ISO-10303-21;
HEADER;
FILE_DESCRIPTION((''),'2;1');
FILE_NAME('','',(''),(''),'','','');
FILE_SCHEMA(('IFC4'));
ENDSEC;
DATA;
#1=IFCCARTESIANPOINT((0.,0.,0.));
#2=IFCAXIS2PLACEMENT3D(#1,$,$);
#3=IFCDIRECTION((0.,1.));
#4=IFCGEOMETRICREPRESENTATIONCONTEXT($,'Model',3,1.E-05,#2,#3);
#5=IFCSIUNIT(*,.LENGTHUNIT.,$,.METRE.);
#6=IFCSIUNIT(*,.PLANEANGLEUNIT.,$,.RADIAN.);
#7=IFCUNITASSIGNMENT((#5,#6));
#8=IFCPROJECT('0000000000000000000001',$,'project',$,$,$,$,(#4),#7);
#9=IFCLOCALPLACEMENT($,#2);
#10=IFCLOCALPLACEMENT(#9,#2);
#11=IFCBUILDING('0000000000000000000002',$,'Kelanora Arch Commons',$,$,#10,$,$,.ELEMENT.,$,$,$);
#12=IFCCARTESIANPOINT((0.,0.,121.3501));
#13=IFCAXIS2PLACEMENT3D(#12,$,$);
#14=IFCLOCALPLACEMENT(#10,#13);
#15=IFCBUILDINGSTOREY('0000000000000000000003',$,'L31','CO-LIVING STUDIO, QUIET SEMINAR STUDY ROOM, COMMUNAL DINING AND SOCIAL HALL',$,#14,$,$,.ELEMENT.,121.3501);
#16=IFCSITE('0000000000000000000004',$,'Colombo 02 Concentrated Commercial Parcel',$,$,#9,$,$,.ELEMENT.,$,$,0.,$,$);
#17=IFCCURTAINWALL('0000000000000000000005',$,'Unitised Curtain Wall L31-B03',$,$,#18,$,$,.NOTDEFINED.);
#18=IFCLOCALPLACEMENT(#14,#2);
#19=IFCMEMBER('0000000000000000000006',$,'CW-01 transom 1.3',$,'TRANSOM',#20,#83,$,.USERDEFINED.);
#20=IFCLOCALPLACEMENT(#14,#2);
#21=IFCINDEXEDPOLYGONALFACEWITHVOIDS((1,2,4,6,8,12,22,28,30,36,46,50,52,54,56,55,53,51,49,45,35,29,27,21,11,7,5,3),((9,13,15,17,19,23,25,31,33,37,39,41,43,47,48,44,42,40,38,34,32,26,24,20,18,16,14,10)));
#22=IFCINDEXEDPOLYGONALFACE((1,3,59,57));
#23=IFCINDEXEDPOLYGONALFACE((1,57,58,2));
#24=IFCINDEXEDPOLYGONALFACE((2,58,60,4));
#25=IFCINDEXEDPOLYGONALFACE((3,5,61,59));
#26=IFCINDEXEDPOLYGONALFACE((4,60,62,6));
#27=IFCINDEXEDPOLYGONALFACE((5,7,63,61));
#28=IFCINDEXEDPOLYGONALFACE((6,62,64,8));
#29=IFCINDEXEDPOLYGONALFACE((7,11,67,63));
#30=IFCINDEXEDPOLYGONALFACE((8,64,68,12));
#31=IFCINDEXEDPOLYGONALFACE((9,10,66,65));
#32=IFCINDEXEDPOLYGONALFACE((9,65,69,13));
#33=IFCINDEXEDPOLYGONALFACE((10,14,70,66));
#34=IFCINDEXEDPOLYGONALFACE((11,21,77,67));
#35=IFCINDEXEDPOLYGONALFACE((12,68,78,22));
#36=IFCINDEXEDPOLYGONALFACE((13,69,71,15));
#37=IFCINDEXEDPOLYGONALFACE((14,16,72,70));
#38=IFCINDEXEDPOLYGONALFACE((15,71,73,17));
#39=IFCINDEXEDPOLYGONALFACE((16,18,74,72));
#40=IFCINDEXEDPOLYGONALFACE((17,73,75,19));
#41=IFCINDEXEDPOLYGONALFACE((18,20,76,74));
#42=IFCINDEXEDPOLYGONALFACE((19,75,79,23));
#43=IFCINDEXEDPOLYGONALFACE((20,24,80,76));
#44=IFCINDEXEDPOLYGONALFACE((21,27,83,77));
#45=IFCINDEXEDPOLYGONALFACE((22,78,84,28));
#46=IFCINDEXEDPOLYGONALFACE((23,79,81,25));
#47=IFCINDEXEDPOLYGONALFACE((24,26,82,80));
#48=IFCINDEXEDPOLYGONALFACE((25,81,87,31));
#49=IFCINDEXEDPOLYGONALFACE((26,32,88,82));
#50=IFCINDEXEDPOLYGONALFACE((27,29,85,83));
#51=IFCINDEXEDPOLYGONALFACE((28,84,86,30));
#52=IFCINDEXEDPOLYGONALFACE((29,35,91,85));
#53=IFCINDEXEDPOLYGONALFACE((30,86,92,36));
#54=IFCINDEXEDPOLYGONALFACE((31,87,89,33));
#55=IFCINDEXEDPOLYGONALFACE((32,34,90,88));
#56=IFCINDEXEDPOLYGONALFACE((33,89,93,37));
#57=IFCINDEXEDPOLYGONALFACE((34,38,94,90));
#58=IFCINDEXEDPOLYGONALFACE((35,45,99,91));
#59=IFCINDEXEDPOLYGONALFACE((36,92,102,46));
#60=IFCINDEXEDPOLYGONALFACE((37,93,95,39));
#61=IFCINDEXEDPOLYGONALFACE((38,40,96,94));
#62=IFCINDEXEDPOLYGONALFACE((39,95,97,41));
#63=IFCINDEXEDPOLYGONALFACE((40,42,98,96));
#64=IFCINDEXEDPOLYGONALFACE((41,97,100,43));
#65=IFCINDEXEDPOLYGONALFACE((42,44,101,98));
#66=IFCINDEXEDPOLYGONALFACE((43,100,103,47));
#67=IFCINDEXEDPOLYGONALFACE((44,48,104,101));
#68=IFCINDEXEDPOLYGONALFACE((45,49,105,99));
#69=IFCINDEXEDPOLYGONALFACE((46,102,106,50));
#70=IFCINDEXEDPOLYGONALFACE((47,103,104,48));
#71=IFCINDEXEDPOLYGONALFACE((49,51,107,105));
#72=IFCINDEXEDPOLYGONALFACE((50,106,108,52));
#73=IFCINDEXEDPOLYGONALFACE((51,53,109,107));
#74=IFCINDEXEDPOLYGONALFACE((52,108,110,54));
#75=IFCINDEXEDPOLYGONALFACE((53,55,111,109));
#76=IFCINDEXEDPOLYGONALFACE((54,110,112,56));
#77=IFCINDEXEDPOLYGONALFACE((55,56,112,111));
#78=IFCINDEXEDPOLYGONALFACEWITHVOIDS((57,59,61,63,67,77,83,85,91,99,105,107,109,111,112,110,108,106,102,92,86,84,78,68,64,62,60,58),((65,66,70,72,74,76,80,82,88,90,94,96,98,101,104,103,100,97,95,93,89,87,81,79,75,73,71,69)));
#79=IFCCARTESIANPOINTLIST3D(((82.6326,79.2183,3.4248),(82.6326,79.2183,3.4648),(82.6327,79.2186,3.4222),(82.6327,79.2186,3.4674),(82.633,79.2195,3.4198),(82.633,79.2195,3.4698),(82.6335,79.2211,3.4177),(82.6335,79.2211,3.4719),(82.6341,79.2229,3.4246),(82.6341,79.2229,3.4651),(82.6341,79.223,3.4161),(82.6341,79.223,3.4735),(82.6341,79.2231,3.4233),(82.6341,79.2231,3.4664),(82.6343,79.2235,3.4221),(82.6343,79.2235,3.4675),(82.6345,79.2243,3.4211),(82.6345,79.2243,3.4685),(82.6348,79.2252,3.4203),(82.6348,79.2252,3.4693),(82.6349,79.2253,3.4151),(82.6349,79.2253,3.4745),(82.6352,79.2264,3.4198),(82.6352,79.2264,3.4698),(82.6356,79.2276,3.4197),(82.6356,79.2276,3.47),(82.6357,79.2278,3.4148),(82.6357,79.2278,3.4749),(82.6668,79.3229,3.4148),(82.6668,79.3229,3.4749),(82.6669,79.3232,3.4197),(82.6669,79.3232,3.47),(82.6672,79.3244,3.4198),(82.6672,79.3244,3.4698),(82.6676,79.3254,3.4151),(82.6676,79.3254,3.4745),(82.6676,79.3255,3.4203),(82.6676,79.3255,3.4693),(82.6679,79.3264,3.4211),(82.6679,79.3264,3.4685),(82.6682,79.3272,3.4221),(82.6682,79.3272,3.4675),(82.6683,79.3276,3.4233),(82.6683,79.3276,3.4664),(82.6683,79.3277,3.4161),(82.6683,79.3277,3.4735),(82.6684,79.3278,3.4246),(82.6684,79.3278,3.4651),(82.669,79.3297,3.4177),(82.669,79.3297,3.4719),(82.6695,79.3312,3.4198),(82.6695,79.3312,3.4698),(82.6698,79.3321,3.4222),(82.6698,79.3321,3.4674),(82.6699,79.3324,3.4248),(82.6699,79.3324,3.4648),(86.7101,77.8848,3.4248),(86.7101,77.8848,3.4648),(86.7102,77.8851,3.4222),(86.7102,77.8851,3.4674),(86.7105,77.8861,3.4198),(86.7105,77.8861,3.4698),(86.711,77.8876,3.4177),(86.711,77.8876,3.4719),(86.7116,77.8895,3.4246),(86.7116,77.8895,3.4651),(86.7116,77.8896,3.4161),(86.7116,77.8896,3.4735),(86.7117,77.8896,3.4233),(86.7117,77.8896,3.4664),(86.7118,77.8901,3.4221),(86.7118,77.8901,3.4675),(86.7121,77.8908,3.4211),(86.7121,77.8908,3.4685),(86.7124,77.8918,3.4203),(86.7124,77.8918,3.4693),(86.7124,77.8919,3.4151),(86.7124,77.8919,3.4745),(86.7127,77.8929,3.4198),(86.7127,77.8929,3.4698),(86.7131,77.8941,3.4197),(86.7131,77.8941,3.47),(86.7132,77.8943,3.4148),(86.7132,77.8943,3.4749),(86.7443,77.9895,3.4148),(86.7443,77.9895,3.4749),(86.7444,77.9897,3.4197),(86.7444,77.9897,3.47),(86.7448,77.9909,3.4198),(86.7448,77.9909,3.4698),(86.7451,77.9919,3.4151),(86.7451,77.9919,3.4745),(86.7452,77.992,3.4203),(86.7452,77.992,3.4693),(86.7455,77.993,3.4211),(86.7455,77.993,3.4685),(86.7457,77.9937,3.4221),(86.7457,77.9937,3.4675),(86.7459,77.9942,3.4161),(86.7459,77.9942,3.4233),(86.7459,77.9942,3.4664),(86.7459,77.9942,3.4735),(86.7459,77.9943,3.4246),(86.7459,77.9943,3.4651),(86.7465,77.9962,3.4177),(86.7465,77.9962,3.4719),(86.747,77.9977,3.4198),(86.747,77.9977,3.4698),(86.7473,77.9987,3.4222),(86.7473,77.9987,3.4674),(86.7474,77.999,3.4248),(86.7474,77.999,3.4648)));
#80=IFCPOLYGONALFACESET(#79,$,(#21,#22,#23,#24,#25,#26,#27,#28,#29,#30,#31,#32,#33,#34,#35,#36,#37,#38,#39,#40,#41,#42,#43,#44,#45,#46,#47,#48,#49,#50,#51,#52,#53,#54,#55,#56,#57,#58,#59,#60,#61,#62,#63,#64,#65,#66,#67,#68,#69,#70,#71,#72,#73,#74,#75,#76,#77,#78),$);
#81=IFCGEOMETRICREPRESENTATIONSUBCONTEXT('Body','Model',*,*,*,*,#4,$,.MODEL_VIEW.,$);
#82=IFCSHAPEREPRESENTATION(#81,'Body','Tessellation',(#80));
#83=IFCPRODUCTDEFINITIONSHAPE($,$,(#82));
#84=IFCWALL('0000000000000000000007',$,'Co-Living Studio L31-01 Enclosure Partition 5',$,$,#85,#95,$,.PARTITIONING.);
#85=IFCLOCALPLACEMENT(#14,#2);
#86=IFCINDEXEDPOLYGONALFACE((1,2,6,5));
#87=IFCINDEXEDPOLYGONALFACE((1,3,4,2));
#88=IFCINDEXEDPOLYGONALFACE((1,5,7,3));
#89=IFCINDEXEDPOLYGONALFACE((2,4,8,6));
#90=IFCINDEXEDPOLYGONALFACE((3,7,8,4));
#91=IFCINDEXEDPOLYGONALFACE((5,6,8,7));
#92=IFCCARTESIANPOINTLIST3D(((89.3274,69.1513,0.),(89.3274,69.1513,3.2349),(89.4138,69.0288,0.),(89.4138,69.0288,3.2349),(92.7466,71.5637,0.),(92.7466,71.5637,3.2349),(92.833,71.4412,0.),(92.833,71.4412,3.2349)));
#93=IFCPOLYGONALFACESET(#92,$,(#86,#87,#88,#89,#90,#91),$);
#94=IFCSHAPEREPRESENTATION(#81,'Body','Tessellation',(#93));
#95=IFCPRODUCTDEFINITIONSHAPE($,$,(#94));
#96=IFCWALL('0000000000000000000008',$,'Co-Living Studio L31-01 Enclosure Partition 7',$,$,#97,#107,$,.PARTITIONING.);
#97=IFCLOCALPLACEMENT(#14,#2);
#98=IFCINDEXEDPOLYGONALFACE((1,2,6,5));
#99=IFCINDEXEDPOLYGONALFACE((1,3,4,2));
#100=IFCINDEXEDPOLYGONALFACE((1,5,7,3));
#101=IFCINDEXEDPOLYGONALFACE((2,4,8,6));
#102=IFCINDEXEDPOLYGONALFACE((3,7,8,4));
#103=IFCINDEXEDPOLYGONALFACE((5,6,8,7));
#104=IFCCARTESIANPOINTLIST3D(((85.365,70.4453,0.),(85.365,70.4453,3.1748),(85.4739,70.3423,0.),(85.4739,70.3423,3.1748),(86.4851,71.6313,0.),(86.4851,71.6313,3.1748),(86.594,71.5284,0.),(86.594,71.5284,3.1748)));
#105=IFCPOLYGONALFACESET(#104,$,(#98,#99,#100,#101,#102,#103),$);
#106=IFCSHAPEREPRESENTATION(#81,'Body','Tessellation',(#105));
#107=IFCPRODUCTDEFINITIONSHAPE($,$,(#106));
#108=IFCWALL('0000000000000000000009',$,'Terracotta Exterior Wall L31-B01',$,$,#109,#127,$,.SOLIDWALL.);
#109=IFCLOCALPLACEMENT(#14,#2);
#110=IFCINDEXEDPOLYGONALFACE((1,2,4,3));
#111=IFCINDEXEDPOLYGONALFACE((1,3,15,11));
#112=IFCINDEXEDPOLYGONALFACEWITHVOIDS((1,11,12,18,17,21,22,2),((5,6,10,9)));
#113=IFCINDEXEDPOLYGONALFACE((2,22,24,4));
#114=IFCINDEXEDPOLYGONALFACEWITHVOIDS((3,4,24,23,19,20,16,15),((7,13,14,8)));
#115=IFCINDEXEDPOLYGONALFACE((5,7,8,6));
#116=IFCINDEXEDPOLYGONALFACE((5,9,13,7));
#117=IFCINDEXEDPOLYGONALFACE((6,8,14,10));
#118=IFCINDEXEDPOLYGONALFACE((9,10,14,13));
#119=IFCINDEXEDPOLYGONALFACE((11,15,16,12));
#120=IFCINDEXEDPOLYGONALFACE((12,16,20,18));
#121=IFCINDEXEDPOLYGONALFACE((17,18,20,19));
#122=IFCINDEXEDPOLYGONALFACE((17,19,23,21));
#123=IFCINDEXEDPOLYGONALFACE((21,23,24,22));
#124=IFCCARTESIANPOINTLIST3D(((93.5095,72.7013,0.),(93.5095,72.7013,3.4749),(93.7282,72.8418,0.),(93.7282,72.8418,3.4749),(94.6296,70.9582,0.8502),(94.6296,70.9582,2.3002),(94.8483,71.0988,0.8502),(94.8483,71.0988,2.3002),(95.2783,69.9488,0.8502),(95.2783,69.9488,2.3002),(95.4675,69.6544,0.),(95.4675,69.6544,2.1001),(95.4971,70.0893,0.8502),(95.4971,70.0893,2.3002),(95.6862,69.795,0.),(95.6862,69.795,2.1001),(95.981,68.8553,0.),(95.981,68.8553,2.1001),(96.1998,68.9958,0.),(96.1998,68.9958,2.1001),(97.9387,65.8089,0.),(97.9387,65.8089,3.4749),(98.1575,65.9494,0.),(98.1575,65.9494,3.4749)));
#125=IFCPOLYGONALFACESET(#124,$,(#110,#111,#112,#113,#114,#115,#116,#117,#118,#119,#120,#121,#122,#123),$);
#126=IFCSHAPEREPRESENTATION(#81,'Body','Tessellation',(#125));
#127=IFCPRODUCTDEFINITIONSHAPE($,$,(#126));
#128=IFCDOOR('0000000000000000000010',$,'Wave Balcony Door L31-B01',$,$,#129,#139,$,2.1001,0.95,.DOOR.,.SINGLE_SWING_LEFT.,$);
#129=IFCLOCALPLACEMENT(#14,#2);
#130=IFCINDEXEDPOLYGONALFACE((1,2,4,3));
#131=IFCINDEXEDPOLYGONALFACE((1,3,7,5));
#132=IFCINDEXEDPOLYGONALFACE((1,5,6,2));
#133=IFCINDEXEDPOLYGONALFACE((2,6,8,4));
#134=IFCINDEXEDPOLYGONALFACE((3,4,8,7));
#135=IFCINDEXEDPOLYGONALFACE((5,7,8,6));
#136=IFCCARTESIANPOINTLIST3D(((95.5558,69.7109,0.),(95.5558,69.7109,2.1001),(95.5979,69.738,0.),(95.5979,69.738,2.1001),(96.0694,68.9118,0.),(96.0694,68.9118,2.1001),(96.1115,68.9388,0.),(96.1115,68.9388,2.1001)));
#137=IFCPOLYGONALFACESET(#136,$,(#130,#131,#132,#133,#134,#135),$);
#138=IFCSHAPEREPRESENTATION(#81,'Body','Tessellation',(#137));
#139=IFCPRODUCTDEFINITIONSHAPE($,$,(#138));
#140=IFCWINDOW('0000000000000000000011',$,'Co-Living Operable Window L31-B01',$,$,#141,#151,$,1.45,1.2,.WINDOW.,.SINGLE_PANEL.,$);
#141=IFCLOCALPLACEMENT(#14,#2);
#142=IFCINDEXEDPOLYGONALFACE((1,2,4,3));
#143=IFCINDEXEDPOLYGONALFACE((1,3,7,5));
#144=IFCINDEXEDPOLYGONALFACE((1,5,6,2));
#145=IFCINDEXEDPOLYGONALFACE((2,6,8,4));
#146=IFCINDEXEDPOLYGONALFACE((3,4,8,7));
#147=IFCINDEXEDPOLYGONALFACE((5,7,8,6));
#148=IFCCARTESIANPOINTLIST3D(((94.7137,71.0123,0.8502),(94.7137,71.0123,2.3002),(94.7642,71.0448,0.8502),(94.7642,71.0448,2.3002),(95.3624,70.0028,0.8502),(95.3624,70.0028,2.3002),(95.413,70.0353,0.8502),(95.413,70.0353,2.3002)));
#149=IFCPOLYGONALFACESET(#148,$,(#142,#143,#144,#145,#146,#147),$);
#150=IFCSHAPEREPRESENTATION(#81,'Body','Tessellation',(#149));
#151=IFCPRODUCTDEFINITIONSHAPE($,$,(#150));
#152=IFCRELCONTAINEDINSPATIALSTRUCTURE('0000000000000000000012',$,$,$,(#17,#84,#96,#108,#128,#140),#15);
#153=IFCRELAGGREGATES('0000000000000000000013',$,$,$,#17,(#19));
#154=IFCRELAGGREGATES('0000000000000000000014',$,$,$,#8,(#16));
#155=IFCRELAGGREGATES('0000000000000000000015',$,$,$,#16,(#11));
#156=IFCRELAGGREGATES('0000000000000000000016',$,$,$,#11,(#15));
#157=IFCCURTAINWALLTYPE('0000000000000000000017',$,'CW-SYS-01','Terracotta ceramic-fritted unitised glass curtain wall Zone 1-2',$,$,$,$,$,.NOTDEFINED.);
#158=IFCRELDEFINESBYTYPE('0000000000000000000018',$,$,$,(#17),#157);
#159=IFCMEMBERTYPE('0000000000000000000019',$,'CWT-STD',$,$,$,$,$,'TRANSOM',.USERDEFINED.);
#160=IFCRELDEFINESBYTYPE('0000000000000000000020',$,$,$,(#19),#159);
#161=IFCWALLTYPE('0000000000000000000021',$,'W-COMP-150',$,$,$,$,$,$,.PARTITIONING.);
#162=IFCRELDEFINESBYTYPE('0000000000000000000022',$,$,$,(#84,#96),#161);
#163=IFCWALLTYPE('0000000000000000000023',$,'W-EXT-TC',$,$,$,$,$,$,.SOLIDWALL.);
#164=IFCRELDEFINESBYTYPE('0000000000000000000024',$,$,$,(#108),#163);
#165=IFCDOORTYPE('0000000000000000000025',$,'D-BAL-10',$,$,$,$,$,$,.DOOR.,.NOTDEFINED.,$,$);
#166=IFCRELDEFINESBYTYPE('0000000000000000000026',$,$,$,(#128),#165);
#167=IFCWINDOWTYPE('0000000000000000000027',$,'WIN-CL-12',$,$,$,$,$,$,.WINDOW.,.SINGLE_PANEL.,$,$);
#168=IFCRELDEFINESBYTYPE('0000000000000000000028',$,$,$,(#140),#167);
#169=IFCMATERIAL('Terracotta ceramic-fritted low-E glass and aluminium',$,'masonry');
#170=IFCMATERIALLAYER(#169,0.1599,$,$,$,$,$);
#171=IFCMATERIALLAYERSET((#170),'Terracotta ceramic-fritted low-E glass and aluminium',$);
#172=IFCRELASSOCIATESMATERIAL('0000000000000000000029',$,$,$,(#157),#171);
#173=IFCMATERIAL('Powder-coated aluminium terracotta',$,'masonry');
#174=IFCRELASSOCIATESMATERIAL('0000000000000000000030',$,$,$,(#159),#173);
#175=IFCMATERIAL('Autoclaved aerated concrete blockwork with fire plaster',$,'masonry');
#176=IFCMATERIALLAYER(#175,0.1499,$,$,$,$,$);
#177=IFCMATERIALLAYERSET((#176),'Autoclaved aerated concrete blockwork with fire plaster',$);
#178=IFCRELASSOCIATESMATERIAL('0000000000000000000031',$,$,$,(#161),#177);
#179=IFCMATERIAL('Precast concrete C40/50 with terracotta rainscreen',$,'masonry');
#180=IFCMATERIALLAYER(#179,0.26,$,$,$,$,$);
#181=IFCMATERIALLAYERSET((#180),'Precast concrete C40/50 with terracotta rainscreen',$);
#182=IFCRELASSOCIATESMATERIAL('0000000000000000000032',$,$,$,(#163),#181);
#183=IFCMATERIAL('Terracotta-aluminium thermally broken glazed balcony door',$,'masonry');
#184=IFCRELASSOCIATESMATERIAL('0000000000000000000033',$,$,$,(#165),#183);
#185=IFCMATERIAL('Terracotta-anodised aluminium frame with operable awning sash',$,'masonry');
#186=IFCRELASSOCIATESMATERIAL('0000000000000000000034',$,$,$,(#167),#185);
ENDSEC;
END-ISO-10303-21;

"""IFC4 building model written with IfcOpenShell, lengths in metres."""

from ifc_helpers import new_model, si_unit, direction, frame, frame_2d, origin, origin_2d, place, context, subcontext, project, spatial, rectangle, hollow_rectangle, extrude, material, layer, layer_set, material_profile, profile_set, type_object, element, fill, aggregate, save


model = new_model("IFC4")

# Units and contexts
model_context = context("Model", 3, precision=1e-05, world=origin(), true_north=direction((0.0, 1.0)))
body_context = subcontext(model_context, "Body", "Model", "MODEL_VIEW")
ifc_project = project(units=[si_unit("LENGTHUNIT", "METRE"), si_unit("PLANEANGLEUNIT", "RADIAN")], contexts=[model_context])

# Site, building, storey
site_placement = place(None, origin())
site = spatial("IfcSite", under=ifc_project, at=site_placement, Name="Colombo 02 Concentrated Commercial Parcel", CompositionType="ELEMENT", RefElevation=0.0)
building_placement = place(site_placement, origin())
building = spatial("IfcBuilding", under=site, at=building_placement, Name="Kelanora Arch Commons", CompositionType="ELEMENT")
storey_placement = place(building_placement, frame((0.0, 0.0, 121.3501)))
storey = spatial("IfcBuildingStorey", under=building, at=storey_placement, Name="L31", Description="CO-LIVING STUDIO, QUIET SEMINAR STUDY ROOM, COMMUNAL DINING AND SOCIAL HALL", CompositionType="ELEMENT", Elevation=121.3501)

# Shared definitions
ifc_material_1 = material(Name="Terracotta ceramic-fritted low-E glass and aluminium", Category="masonry")
ifc_layer_1 = layer(ifc_material_1, 0.1599)
ifc_layer_set_1 = layer_set([ifc_layer_1], Name="Terracotta ceramic-fritted low-E glass and aluminium")
curtain_wall_type = type_object("IfcCurtainWallType", Name="CW-SYS-01", Description="Terracotta ceramic-fritted unitised glass curtain wall Zone 1-2", PredefinedType="NOTDEFINED", material=ifc_layer_set_1)
ifc_material_2 = material(Name="Powder-coated aluminium terracotta", Category="masonry")

# Curtain wall, member
curtain_wall_1_placement = place(storey_placement, origin())
curtain_wall_1 = element("IfcCurtainWall", 1, at=curtain_wall_1_placement, inside=storey, type_object=curtain_wall_type, Name="Unitised Curtain Wall L31-B03", PredefinedType="NOTDEFINED")
ifc_material_profile_1 = material_profile(ifc_material_2, hollow_rectangle(XDim=0.1201, YDim=0.0601, WallThickness=0.0049, InnerFilletRadius=0.0049, OuterFilletRadius=0.01, at=origin_2d()), Name="CWT120x60")
ifc_profile_set_1 = profile_set([ifc_material_profile_1], Name="Powder-coated aluminium terracotta")
member_type_1 = type_object("IfcMemberType", Name="CWT-STD", ElementType="TRANSOM", PredefinedType="USERDEFINED", material=ifc_profile_set_1)
member_1_placement = place(storey_placement, frame((86.7288, 77.9419, 3.4448), z_axis=(-0.950466, 0.310828, 0.0), x_axis=(-0.310828, -0.950466, 0.0)))
member_1 = element("IfcMember", 2, at=member_1_placement, type_object=member_type_1, Name="CW-01 transom 1.3", ObjectType="TRANSOM", PredefinedType="USERDEFINED", context=body_context, shape_type="SweptSolid", body=[
    extrude(hollow_rectangle(XDim=0.1201, YDim=0.0601, WallThickness=0.0049, InnerFilletRadius=0.0049, OuterFilletRadius=0.01, at=origin_2d()), origin(), (0.0, 0.0, 1.0), 4.29),
])
aggregate(curtain_wall_1, [member_1])

# Walls
ifc_material_3 = material(Name="Autoclaved aerated concrete blockwork with fire plaster", Category="masonry")
ifc_layer_2 = layer(ifc_material_3, 0.1499)
ifc_layer_set_2 = layer_set([ifc_layer_2], Name="Autoclaved aerated concrete blockwork with fire plaster")
wall_type_1 = type_object("IfcWallType", Name="W-COMP-150", PredefinedType="PARTITIONING", material=ifc_layer_set_2)
wall_1_placement = place(storey_placement, frame((92.7898, 71.5024, 0.0), z_axis=(0.0, 0.0, 1.0), x_axis=(-0.817102, -0.576493, 0.0)))
element("IfcWall", 3, at=wall_1_placement, inside=storey, type_object=wall_type_1, Name="Co-Living Studio L31-01 Enclosure Partition 5", PredefinedType="PARTITIONING", context=body_context, shape_type="SweptSolid", body=[
    extrude(rectangle(XDim=4.1846, YDim=0.1499, at=frame_2d((2.0923, 0.0))), origin(), (0.0, 0.0, 1.0), 3.2349),
])
wall_2_placement = place(storey_placement, frame((86.5396, 71.5798, 0.0), z_axis=(0.0, 0.0, 1.0), x_axis=(-0.686615, -0.727021, 0.0)))
element("IfcWall", 4, at=wall_2_placement, inside=storey, type_object=wall_type_1, Name="Co-Living Studio L31-01 Enclosure Partition 7", PredefinedType="PARTITIONING", context=body_context, shape_type="SweptSolid", body=[
    extrude(rectangle(XDim=1.6313, YDim=0.1499, at=frame_2d((0.8157, 0.0))), origin(), (0.0, 0.0, 1.0), 3.1748),
])

# Wall, openings, door, window
ifc_material_4 = material(Name="Precast concrete C40/50 with terracotta rainscreen", Category="masonry")
ifc_layer_3 = layer(ifc_material_4, 0.26)
ifc_layer_set_3 = layer_set([ifc_layer_3], Name="Precast concrete C40/50 with terracotta rainscreen")
wall_type_2 = type_object("IfcWallType", Name="W-EXT-TC", PredefinedType="SOLIDWALL", material=ifc_layer_set_3)
wall_3_placement = place(storey_placement, frame((98.0481, 65.8792, 0.0), z_axis=(0.0, 0.0, 1.0), x_axis=(-0.540621, 0.841267, 0.0)))
wall_3 = element("IfcWall", 5, at=wall_3_placement, inside=storey, type_object=wall_type_2, Name="Terracotta Exterior Wall L31-B01", PredefinedType="SOLIDWALL", context=body_context, shape_type="SweptSolid", body=[
    extrude(rectangle(XDim=8.1929, YDim=0.26, at=frame_2d((4.0964, 0.0))), origin(), (0.0, 0.0, 1.0), 3.4749),
])
opening_1_placement = place(wall_3_placement, frame((3.6211, 0.0, 0.0)))
opening_1 = element("IfcOpeningElement", 6, at=opening_1_placement, cuts=wall_3, PredefinedType="OPENING", context=body_context, shape_type="SweptSolid", body=[
    extrude(rectangle(XDim=0.95, YDim=2.1001, at=frame_2d((0.4751, 1.05))), frame((0.0, 0.1401, 0.0), z_axis=(0.0, -1.0, 0.0), x_axis=(1.0, 0.0, 0.0)), (0.0, 0.0, 1.0), 0.28),
])
opening_2_placement = place(wall_3_placement, frame((4.9209, 0.0, 0.8501)))
opening_2 = element("IfcOpeningElement", 7, at=opening_2_placement, cuts=wall_3, PredefinedType="OPENING", context=body_context, shape_type="SweptSolid", body=[
    extrude(rectangle(XDim=1.2, YDim=1.45, at=frame_2d((0.6001, 0.7251))), frame((0.0, 0.1401, 0.0), z_axis=(0.0, -1.0, 0.0), x_axis=(1.0, 0.0, 0.0)), (0.0, 0.0, 1.0), 0.28),
])
ifc_material_5 = material(Name="Terracotta-aluminium thermally broken glazed balcony door", Category="masonry")
door_type = type_object("IfcDoorType", Name="D-BAL-10", OperationType="NOTDEFINED", PredefinedType="DOOR", material=ifc_material_5)
door_1_placement = place(opening_1_placement, frame((0.95, 0.0, 0.0), z_axis=(0.0, 0.0, 1.0), x_axis=(-1.0, 0.0, 0.0)))
door_1 = element("IfcDoor", 8, at=door_1_placement, inside=storey, type_object=door_type, Name="Wave Balcony Door L31-B01", OperationType="SINGLE_SWING_LEFT", OverallHeight=2.1001, OverallWidth=0.95, PredefinedType="DOOR", context=body_context, shape_type="SweptSolid", body=[
    extrude(rectangle(XDim=0.95, YDim=2.1001, at=frame_2d((0.4751, 1.05))), frame((0.0, 0.0249, 0.0), z_axis=(0.0, -1.0, 0.0), x_axis=(1.0, 0.0, 0.0)), (0.0, 0.0, 1.0), 0.05),
])
fill(opening_1, door_1)
ifc_material_6 = material(Name="Terracotta-anodised aluminium frame with operable awning sash", Category="masonry")
window_type = type_object("IfcWindowType", Name="WIN-CL-12", PartitioningType="SINGLE_PANEL", PredefinedType="WINDOW", material=ifc_material_6)
window_1_placement = place(opening_2_placement, origin())
window_1 = element("IfcWindow", 9, at=window_1_placement, inside=storey, type_object=window_type, Name="Co-Living Operable Window L31-B01", OverallHeight=1.45, OverallWidth=1.2, PartitioningType="SINGLE_PANEL", PredefinedType="WINDOW", context=body_context, shape_type="SweptSolid", body=[
    extrude(rectangle(XDim=1.2, YDim=1.45, at=frame_2d((0.6001, 0.7251))), frame((0.0, 0.03, 0.0), z_axis=(0.0, -1.0, 0.0), x_axis=(1.0, 0.0, 0.0)), (0.0, 0.0, 1.0), 0.0601),
])
fill(opening_2, window_1)

save(model, "model.ifc")
